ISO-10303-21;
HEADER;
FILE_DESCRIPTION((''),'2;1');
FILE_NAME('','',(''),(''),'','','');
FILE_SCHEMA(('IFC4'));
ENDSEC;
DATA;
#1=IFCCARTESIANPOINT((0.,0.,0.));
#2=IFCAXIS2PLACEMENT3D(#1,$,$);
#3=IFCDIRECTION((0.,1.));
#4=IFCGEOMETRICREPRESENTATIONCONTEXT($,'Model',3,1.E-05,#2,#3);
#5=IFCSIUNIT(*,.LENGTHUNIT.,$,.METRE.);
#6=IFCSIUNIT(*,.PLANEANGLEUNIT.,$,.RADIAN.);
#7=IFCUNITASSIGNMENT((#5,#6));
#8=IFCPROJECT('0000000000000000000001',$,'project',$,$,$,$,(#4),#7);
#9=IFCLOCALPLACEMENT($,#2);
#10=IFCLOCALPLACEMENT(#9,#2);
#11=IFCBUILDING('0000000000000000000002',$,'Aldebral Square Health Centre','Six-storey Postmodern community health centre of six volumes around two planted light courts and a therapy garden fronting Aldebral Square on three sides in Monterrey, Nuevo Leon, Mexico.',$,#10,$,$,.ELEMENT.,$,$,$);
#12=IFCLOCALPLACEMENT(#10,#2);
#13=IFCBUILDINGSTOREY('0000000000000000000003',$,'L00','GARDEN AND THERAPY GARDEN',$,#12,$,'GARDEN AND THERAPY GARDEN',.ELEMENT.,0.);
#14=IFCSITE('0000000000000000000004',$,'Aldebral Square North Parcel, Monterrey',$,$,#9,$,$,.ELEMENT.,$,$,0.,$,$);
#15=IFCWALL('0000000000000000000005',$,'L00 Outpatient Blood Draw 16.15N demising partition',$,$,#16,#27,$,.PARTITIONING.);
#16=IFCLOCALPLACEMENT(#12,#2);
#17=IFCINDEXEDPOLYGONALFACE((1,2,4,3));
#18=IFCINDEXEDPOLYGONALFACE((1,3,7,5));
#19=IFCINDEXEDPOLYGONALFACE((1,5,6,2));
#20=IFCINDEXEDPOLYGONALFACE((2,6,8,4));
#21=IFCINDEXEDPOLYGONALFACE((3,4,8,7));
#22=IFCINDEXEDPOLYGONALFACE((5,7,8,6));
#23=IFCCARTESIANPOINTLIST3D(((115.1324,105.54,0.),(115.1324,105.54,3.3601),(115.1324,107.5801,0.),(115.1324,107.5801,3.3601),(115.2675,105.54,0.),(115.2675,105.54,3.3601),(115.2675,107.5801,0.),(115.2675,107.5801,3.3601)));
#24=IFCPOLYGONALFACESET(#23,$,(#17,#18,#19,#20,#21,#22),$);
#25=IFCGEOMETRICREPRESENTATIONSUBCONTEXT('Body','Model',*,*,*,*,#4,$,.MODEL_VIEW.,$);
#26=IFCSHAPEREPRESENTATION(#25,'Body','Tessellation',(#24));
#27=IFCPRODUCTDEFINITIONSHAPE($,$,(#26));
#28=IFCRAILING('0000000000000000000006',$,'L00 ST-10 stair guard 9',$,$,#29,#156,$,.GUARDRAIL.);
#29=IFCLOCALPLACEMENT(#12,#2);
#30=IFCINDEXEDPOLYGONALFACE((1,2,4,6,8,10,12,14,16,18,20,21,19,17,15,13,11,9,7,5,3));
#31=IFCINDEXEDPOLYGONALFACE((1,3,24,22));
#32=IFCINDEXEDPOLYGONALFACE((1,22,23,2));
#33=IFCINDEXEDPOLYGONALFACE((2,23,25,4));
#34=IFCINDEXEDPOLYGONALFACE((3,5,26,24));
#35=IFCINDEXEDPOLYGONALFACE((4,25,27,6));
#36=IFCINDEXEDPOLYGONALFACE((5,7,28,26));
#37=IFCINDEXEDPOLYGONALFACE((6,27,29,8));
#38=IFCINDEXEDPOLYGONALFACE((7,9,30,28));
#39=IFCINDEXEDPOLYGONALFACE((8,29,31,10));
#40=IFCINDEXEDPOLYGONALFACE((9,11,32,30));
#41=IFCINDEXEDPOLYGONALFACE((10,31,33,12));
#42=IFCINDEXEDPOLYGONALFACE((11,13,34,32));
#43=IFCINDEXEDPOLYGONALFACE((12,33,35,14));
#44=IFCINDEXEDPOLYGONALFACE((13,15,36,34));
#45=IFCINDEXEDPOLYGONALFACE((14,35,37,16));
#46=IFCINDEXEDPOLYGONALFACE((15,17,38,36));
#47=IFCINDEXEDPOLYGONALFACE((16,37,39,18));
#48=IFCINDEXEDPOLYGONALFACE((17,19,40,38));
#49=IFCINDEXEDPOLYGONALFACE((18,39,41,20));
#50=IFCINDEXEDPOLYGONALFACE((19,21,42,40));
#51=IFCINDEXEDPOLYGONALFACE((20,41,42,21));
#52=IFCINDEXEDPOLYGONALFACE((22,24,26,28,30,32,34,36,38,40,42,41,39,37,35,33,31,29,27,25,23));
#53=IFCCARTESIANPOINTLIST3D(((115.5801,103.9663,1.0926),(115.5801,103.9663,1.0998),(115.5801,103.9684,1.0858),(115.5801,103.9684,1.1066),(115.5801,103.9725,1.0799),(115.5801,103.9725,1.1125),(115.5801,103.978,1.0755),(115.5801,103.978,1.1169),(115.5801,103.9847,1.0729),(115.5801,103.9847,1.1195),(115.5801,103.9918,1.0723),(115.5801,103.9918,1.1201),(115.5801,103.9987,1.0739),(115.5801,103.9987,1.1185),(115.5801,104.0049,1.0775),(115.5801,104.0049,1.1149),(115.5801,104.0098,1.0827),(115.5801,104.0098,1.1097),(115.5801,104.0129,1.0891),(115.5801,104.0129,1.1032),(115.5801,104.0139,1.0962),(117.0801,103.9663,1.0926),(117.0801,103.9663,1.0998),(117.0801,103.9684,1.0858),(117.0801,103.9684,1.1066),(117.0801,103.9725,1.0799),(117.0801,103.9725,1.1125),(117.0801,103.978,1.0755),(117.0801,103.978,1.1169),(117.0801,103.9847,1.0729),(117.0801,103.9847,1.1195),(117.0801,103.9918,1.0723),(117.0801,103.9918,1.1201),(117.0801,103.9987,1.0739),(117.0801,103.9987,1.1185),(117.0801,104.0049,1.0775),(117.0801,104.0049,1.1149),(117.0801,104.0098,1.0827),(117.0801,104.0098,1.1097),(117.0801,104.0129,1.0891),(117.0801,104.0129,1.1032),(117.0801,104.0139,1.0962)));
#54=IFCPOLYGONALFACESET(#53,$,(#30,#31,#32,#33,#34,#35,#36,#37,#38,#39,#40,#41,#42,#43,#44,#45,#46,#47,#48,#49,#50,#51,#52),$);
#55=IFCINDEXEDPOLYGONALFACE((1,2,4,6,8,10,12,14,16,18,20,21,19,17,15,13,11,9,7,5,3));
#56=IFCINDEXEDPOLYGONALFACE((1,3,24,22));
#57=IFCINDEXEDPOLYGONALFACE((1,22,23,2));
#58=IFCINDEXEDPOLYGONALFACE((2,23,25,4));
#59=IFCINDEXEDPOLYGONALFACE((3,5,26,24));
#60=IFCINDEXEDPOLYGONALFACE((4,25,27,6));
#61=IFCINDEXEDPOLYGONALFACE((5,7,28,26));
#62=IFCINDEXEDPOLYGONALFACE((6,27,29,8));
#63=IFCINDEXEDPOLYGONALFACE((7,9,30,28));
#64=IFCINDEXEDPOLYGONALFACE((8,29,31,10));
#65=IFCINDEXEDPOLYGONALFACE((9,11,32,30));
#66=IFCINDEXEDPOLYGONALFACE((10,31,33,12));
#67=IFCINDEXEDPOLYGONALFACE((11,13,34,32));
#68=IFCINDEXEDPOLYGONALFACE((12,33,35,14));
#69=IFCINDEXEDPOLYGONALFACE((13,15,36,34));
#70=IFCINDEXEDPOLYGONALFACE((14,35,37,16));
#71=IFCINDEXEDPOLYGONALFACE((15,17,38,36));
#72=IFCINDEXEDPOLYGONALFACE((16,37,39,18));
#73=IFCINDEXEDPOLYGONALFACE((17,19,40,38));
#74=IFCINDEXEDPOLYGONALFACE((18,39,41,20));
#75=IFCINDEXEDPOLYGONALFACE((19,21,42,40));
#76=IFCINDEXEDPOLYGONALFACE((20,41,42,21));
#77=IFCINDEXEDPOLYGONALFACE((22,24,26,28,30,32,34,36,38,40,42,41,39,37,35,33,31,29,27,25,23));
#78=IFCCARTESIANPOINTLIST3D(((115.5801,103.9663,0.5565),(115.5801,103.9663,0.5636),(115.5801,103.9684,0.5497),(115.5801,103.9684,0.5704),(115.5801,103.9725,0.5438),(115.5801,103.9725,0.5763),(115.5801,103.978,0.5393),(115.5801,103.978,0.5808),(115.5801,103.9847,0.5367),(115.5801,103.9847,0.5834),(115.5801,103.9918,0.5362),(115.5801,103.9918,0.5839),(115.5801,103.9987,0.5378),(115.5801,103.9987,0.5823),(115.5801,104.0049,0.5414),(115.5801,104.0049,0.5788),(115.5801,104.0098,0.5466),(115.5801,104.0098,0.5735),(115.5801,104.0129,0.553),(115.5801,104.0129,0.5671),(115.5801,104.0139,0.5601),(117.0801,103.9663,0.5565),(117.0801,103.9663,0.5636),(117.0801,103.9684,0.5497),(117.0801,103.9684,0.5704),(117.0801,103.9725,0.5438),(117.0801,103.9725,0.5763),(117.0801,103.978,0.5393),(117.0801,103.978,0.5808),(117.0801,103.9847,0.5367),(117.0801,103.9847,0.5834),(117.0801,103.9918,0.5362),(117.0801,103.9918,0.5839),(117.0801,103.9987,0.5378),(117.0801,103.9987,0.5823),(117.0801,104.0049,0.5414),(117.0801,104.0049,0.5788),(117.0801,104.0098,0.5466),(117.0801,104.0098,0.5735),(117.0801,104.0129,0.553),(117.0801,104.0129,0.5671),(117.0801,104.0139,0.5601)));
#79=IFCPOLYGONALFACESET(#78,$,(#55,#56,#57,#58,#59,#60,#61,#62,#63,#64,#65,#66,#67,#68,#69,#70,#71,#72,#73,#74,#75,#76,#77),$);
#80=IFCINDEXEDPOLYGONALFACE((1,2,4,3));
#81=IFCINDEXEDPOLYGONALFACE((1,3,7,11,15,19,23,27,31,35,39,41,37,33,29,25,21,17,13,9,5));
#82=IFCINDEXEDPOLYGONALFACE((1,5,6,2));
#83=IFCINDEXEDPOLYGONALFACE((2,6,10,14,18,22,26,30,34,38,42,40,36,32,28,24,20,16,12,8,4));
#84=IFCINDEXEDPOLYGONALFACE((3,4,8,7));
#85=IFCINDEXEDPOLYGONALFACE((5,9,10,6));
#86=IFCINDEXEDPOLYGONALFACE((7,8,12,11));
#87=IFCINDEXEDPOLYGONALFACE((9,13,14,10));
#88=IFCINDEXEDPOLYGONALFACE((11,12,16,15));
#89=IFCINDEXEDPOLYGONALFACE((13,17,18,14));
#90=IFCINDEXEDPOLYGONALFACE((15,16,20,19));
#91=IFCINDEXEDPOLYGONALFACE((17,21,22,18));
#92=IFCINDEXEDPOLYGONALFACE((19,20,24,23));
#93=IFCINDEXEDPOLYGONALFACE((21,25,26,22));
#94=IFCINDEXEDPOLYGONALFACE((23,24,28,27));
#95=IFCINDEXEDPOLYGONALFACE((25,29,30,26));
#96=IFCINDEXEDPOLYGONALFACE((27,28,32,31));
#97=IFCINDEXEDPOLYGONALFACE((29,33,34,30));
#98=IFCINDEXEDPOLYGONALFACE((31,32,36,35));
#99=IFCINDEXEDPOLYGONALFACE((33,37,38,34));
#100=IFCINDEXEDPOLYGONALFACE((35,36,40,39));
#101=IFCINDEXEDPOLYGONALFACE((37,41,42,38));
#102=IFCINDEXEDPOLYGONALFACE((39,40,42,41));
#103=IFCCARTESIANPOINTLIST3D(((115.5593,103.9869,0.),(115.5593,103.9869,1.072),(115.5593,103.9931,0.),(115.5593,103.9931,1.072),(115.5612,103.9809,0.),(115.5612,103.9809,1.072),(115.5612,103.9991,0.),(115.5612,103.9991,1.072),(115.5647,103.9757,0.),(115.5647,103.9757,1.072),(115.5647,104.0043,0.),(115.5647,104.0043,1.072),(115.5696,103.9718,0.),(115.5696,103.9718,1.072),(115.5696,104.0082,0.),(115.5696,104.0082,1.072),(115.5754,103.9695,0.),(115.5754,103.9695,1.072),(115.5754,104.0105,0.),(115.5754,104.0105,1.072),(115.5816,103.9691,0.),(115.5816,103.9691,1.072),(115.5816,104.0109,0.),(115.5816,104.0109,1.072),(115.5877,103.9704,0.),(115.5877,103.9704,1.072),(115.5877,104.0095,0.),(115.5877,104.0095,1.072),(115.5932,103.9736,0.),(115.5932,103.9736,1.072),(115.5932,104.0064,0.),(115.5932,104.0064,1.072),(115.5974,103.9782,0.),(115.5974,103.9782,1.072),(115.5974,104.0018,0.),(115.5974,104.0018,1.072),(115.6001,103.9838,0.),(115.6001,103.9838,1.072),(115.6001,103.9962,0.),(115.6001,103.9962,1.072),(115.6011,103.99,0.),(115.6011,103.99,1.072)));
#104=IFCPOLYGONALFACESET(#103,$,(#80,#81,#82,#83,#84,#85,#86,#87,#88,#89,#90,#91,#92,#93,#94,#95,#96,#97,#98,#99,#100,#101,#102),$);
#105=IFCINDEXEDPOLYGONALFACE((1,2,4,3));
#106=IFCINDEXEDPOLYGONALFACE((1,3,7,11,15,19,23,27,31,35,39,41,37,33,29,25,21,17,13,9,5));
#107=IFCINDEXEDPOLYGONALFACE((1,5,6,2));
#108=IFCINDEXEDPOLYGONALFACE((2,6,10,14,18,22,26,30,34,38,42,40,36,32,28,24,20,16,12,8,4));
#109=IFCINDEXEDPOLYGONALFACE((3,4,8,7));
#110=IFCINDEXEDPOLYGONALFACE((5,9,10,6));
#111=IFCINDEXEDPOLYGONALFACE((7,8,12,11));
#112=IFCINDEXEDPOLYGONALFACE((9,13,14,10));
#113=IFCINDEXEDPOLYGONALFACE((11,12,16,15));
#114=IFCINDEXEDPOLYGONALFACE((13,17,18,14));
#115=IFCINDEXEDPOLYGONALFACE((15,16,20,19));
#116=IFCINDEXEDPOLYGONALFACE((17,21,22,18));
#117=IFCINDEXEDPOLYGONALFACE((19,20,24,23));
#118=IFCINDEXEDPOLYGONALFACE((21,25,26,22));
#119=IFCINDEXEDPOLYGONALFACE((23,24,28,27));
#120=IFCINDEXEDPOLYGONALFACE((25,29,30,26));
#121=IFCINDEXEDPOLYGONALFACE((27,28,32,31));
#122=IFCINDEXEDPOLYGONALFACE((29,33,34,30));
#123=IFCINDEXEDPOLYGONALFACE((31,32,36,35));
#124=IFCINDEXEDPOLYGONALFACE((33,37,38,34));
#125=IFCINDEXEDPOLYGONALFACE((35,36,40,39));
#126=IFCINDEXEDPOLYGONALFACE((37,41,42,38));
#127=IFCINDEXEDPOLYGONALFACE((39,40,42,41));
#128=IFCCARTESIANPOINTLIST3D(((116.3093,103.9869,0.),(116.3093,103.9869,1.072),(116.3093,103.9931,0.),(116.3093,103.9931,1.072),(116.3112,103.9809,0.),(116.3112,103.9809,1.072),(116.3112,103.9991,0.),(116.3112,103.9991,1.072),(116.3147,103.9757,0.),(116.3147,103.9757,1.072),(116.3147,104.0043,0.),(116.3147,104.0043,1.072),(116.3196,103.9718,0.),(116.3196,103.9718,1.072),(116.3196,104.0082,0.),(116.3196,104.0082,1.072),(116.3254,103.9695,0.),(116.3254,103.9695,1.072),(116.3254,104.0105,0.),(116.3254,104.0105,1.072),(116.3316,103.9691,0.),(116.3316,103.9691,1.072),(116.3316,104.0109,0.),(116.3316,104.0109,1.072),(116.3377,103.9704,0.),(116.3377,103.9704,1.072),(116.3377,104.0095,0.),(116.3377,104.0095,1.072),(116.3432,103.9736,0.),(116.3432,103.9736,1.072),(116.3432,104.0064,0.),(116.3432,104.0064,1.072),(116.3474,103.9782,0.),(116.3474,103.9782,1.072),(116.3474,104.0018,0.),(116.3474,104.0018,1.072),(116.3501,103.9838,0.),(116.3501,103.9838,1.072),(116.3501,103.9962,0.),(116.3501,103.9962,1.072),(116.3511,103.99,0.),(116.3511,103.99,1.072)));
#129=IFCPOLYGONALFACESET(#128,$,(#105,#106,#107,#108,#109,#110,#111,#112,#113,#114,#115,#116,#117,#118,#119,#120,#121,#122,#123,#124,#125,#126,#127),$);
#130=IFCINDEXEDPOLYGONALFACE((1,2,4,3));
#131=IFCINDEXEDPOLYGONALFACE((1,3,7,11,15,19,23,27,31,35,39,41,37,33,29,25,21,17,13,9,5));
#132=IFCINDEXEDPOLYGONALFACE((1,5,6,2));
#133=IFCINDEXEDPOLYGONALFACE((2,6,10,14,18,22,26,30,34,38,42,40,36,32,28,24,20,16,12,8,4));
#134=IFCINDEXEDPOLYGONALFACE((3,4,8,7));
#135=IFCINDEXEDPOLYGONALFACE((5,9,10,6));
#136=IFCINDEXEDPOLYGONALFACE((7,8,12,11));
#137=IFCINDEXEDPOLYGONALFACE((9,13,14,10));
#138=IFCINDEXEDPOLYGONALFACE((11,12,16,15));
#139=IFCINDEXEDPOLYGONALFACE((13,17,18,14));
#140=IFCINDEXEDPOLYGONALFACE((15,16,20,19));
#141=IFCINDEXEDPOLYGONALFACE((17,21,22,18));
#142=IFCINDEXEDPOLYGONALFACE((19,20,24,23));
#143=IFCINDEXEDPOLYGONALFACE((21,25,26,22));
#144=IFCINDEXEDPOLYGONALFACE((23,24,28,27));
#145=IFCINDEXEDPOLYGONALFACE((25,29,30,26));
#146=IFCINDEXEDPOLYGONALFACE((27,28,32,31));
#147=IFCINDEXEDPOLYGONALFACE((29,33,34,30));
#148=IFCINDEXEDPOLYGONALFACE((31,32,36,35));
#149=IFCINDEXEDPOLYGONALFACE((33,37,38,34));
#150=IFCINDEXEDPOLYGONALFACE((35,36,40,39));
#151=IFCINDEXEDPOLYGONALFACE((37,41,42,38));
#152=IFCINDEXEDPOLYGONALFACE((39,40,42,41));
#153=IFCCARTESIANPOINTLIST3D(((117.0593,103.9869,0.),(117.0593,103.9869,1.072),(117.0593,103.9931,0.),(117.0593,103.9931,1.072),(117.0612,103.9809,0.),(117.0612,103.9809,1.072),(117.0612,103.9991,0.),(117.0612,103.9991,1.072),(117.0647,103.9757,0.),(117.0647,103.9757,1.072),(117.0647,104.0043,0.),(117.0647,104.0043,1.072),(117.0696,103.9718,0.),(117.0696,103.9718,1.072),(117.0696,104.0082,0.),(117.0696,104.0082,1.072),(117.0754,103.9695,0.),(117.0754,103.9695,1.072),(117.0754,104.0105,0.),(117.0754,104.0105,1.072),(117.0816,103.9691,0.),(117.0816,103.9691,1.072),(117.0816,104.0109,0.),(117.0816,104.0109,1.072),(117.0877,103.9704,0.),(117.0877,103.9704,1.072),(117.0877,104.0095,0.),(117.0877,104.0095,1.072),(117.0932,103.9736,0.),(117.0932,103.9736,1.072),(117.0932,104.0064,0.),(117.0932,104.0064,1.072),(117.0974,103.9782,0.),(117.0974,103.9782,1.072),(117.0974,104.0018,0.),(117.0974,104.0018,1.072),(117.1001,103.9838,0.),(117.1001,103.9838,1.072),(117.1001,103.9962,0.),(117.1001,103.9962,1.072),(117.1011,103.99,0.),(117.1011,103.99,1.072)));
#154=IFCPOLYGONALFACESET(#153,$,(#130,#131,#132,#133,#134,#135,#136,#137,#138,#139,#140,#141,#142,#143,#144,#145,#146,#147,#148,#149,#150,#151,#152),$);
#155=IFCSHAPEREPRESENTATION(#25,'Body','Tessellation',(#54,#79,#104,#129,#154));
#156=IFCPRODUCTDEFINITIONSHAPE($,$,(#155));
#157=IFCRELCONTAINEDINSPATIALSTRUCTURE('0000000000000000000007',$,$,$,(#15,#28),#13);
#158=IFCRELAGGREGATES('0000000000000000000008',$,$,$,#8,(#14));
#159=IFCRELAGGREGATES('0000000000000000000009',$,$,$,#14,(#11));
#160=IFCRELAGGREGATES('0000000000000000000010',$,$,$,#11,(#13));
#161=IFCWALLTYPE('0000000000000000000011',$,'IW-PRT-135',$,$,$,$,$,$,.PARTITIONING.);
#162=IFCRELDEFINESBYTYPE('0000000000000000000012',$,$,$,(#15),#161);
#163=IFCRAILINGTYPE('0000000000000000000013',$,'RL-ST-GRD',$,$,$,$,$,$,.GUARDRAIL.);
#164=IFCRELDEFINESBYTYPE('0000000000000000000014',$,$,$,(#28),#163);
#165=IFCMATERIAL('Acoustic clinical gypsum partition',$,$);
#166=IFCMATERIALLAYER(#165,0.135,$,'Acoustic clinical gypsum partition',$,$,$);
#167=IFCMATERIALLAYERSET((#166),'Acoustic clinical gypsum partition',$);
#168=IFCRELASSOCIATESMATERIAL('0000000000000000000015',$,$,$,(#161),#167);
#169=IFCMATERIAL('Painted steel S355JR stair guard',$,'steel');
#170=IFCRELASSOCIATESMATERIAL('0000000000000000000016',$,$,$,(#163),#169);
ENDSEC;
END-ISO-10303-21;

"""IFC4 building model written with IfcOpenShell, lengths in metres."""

from ifc_helpers import new_model, si_unit, direction, frame, frame_2d, origin, origin_2d, place, context, subcontext, project, spatial, rectangle, circle, extrude, material, layer, layer_set, type_object, element, save


model = new_model("IFC4")

# Units and contexts
model_context = context("Model", 3, precision=1e-05, world=origin(), true_north=direction((0.0, 1.0)))
body_context = subcontext(model_context, "Body", "Model", "MODEL_VIEW")
ifc_project = project(units=[si_unit("LENGTHUNIT", "METRE"), si_unit("PLANEANGLEUNIT", "RADIAN")], contexts=[model_context])

# Site, building, storey
site_placement = place(None, origin())
site = spatial("IfcSite", under=ifc_project, at=site_placement, Name="Aldebral Square North Parcel, Monterrey", CompositionType="ELEMENT", RefElevation=0.0)
building_placement = place(site_placement, origin())
building = spatial("IfcBuilding", under=site, at=building_placement, Name="Aldebral Square Health Centre", Description="Six-storey Postmodern community health centre of six volumes around two planted light courts and a therapy garden fronting Aldebral Square on three sides in Monterrey, Nuevo Leon, Mexico.", CompositionType="ELEMENT")
storey_placement = place(building_placement, origin())
storey = spatial("IfcBuildingStorey", under=building, at=storey_placement, Name="L00", Description="GARDEN AND THERAPY GARDEN", LongName="GARDEN AND THERAPY GARDEN", CompositionType="ELEMENT", Elevation=0.0)

# Wall
ifc_material_1 = material(Name="Acoustic clinical gypsum partition")
ifc_layer_1 = layer(ifc_material_1, 0.135, Name="Acoustic clinical gypsum partition")
ifc_layer_set_1 = layer_set([ifc_layer_1], Name="Acoustic clinical gypsum partition")
wall_type_1 = type_object("IfcWallType", Name="IW-PRT-135", PredefinedType="PARTITIONING", material=ifc_layer_set_1)
wall_1_placement = place(storey_placement, frame((115.2, 105.54, 0.0), z_axis=(0.0, 0.0, 1.0), x_axis=(0.0, 1.0, 0.0)))
element("IfcWall", 1, at=wall_1_placement, inside=storey, type_object=wall_type_1, Name="L00 Outpatient Blood Draw 16.15N demising partition", PredefinedType="PARTITIONING", context=body_context, shape_type="SweptSolid", body=[
    extrude(rectangle(XDim=2.04, YDim=0.135, at=frame_2d((1.02, 0.0))), origin(), (0.0, 0.0, 1.0), 3.3601),
])

# Railing
ifc_material_2 = material(Name="Painted steel S355JR stair guard", Category="steel")
railing_type = type_object("IfcRailingType", Name="RL-ST-GRD", PredefinedType="GUARDRAIL", material=ifc_material_2)
railing_placement = place(storey_placement, frame((115.5801, 103.99, 0.0)))
element("IfcRailing", 2, at=railing_placement, inside=storey, type_object=railing_type, Name="L00 ST-10 stair guard 9", PredefinedType="GUARDRAIL", context=body_context, shape_type="SweptSolid", body=[
    extrude(circle(Radius=0.0239, at=origin_2d()), frame((0.0, 0.0, 1.0962), z_axis=(1.0, 0.0, 0.0), x_axis=(0.0, 1.0, 0.0)), (0.0, 0.0, 1.0), 1.5),
    extrude(circle(Radius=0.0239, at=origin_2d()), frame((0.0, 0.0, 0.5601), z_axis=(1.0, 0.0, 0.0), x_axis=(0.0, 1.0, 0.0)), (0.0, 0.0, 1.0), 1.5),
    extrude(circle(Radius=0.021, at=origin_2d()), origin(), (0.0, 0.0, 1.0), 1.072),
    extrude(circle(Radius=0.021, at=origin_2d()), frame((0.75, 0.0, 0.0)), (0.0, 0.0, 1.0), 1.072),
    extrude(circle(Radius=0.021, at=origin_2d()), frame((1.5, 0.0, 0.0)), (0.0, 0.0, 1.0), 1.072),
])

save(model, "model.ifc")
